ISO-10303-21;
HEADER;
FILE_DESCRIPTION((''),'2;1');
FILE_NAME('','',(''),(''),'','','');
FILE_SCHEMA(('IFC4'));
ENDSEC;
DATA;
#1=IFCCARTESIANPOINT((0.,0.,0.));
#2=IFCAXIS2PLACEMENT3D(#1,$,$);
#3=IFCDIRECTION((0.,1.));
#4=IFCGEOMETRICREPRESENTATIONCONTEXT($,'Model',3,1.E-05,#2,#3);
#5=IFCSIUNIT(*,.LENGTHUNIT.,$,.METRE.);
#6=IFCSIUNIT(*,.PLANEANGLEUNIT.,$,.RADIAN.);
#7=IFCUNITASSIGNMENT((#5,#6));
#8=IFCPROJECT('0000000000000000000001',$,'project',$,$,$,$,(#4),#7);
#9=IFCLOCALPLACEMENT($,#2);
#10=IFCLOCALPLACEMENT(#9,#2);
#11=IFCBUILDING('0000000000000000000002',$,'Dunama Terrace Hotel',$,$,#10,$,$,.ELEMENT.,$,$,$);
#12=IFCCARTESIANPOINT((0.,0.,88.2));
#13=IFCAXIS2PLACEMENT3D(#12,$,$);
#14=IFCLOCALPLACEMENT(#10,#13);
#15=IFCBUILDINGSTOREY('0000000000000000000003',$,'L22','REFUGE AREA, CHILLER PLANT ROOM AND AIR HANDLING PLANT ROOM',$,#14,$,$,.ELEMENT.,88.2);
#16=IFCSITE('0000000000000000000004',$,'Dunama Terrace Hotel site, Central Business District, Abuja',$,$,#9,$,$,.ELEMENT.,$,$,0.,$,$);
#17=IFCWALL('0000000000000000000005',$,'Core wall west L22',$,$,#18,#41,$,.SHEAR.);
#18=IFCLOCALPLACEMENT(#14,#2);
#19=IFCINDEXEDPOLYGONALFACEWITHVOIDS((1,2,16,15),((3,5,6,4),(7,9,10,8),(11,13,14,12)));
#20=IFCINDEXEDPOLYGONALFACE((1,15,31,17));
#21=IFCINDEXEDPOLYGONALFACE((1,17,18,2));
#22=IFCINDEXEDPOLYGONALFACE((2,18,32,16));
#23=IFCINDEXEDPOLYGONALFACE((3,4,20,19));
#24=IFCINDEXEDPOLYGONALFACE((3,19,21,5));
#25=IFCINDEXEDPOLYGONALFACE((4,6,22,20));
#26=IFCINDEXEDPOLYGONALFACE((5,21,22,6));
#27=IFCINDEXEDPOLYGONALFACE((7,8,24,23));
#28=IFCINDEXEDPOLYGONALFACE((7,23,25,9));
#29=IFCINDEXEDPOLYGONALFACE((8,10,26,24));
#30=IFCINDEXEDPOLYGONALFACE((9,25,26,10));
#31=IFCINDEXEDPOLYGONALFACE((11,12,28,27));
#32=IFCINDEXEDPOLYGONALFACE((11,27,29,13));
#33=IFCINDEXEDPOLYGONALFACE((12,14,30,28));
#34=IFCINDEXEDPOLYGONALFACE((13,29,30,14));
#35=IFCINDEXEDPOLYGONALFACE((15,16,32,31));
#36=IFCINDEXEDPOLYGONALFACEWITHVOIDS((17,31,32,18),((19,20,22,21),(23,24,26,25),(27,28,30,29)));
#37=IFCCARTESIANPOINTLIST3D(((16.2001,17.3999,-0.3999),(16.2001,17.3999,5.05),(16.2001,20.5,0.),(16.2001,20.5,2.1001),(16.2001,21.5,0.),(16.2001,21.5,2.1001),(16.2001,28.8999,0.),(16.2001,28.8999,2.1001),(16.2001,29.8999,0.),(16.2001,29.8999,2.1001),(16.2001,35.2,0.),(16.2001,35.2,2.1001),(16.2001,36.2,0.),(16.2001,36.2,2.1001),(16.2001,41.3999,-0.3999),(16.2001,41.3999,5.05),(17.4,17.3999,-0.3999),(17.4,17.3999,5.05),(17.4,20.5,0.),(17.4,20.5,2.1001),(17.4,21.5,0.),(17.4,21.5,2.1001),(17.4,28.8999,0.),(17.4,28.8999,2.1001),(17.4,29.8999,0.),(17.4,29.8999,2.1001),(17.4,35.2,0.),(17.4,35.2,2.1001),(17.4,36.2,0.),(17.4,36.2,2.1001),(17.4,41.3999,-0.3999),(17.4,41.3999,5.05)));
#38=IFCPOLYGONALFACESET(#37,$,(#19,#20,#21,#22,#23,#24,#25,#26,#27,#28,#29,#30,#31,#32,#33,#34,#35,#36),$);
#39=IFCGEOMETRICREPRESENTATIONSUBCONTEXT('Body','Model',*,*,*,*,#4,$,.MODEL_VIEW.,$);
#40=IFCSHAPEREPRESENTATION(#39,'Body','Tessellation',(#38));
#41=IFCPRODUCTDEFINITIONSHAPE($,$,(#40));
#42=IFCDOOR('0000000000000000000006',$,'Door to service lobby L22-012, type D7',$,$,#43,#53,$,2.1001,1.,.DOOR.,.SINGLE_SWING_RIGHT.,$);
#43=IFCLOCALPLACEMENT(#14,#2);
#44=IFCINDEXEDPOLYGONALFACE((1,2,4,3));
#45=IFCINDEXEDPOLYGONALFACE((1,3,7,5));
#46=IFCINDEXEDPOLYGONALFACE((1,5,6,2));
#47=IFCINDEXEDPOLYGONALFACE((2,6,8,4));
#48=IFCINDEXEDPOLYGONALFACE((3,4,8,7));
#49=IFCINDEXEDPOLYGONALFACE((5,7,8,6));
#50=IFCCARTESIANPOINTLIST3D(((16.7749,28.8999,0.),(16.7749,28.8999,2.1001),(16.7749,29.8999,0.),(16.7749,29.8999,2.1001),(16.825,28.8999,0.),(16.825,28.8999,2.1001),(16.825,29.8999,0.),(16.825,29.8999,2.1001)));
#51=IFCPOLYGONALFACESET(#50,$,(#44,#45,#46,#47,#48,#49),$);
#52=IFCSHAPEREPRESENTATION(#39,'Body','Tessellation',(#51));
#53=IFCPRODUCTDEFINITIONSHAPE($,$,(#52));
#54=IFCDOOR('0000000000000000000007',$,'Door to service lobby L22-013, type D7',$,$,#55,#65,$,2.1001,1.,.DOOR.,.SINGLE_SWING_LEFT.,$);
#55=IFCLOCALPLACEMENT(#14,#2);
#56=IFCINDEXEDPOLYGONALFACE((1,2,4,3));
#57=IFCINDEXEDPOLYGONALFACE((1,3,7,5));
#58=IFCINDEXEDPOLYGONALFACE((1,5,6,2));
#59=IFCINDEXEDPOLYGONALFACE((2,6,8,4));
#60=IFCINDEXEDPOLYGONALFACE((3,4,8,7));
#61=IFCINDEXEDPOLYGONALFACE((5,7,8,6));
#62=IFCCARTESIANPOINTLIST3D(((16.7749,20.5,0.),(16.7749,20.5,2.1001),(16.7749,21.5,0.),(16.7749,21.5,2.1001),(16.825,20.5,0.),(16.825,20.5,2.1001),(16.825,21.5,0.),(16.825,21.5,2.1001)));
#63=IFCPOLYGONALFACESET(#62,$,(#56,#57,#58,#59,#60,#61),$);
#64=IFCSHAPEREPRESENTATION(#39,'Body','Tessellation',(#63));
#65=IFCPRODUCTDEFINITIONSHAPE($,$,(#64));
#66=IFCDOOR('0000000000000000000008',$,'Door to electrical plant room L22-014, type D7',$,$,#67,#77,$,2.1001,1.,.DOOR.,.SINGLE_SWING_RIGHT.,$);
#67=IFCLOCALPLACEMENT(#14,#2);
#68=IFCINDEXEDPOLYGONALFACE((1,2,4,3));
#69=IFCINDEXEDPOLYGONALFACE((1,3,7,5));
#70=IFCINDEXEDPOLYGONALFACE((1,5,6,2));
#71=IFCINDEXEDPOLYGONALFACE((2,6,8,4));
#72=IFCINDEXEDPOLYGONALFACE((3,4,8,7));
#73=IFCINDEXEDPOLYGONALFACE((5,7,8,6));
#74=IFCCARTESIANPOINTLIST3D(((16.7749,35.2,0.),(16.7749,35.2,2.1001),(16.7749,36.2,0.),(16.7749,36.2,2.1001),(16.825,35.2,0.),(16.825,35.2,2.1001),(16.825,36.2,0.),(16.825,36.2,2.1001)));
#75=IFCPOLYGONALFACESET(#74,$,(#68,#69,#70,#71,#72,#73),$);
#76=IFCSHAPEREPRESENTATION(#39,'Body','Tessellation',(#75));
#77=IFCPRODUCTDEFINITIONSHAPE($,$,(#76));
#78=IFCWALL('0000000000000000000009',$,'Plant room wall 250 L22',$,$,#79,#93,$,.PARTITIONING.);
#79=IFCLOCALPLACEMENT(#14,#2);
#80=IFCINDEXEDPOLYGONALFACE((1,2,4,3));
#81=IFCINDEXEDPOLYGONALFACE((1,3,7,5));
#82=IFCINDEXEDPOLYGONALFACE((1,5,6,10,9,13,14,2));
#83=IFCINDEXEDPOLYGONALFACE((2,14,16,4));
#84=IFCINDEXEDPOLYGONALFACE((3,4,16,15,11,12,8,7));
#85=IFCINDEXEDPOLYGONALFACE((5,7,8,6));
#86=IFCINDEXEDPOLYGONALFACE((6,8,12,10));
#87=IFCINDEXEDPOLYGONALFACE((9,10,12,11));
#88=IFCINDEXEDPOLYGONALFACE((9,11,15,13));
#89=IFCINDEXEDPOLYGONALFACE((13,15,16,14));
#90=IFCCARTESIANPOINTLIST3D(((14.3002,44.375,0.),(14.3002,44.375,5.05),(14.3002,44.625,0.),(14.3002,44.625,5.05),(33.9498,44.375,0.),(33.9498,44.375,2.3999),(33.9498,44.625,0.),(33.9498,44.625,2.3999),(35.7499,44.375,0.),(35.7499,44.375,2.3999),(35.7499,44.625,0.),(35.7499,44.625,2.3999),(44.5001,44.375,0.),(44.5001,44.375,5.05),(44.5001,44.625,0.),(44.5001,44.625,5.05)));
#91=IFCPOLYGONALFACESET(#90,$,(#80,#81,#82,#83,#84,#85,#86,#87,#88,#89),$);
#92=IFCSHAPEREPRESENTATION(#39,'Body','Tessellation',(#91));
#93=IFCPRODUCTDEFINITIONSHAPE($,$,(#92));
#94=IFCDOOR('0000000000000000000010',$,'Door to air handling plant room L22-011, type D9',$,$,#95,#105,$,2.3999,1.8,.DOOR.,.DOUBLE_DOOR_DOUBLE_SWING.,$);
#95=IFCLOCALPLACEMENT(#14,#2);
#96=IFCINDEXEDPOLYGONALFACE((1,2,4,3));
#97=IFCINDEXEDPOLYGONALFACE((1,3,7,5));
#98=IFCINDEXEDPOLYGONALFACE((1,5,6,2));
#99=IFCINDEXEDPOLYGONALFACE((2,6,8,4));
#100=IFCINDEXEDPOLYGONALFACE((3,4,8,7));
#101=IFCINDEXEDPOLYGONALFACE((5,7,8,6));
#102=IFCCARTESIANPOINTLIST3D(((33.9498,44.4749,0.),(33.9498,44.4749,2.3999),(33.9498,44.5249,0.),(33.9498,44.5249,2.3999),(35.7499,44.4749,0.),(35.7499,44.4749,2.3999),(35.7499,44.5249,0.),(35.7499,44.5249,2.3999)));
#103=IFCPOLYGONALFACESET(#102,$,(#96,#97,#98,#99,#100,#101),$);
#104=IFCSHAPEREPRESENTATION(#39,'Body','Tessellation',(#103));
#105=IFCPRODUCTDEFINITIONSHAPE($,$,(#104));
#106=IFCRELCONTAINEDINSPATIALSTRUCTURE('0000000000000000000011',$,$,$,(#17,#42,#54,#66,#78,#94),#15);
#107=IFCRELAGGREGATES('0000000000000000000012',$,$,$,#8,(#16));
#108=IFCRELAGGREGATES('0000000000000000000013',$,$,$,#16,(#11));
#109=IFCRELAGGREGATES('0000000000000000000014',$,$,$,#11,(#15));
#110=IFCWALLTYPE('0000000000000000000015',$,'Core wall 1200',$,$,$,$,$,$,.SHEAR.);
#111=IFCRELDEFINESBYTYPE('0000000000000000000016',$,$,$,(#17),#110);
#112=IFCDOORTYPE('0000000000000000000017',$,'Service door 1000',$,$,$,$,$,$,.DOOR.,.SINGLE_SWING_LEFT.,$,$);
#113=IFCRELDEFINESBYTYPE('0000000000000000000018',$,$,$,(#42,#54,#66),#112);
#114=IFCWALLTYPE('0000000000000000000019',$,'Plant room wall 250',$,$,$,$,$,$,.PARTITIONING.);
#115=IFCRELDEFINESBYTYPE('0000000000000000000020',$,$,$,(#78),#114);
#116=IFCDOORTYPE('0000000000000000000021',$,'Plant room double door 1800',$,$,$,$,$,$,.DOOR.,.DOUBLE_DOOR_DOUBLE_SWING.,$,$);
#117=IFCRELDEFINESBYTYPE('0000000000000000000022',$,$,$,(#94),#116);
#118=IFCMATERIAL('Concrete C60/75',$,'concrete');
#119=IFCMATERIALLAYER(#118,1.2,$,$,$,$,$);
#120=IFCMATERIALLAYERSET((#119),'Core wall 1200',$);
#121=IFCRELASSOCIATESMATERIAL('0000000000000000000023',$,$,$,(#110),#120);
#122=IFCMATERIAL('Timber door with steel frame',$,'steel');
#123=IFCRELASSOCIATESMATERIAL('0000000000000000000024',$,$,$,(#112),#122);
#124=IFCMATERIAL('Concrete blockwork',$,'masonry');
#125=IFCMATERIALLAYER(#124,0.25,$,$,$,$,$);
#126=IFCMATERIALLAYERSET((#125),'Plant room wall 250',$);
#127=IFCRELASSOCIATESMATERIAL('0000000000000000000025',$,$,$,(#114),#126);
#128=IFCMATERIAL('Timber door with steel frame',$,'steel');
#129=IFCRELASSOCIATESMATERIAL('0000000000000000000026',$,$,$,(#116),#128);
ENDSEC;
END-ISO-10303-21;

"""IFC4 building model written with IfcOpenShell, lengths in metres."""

from ifc_helpers import new_model, si_unit, direction, frame, frame_2d, origin, place, context, subcontext, project, spatial, rectangle, extrude, material, layer, layer_set, type_object, element, fill, save


model = new_model("IFC4")

# Units and contexts
model_context = context("Model", 3, precision=1e-05, world=origin(), true_north=direction((0.0, 1.0)))
body_context = subcontext(model_context, "Body", "Model", "MODEL_VIEW")
ifc_project = project(units=[si_unit("LENGTHUNIT", "METRE"), si_unit("PLANEANGLEUNIT", "RADIAN")], contexts=[model_context])

# Site, building, storey
site_placement = place(None, origin())
site = spatial("IfcSite", under=ifc_project, at=site_placement, Name="Dunama Terrace Hotel site, Central Business District, Abuja", CompositionType="ELEMENT", RefElevation=0.0)
building_placement = place(site_placement, origin())
building = spatial("IfcBuilding", under=site, at=building_placement, Name="Dunama Terrace Hotel", CompositionType="ELEMENT")
storey_placement = place(building_placement, frame((0.0, 0.0, 88.2)))
storey = spatial("IfcBuildingStorey", under=building, at=storey_placement, Name="L22", Description="REFUGE AREA, CHILLER PLANT ROOM AND AIR HANDLING PLANT ROOM", CompositionType="ELEMENT", Elevation=88.2)

# Wall, openings, doors
ifc_material_1 = material(Name="Concrete C60/75", Category="concrete")
ifc_layer_1 = layer(ifc_material_1, 1.2)
ifc_layer_set_1 = layer_set([ifc_layer_1], Name="Core wall 1200")
wall_type_1 = type_object("IfcWallType", Name="Core wall 1200", PredefinedType="SHEAR", material=ifc_layer_set_1)
wall_1_placement = place(storey_placement, frame((16.8, 41.3999, -0.3999), z_axis=(0.0, 0.0, 1.0), x_axis=(0.0, -1.0, 0.0)))
wall_1 = element("IfcWall", 1, at=wall_1_placement, inside=storey, type_object=wall_type_1, Name="Core wall west L22", PredefinedType="SHEAR", context=body_context, shape_type="SweptSolid", body=[
    extrude(rectangle(XDim=24.0, YDim=1.2, at=frame_2d((12.0, 0.0))), origin(), (0.0, 0.0, 1.0), 5.45),
])
opening_1_placement = place(wall_1_placement, frame((11.5, 0.0, 0.3999)))
opening_1 = element("IfcOpeningElement", 2, at=opening_1_placement, cuts=wall_1, PredefinedType="OPENING", context=body_context, shape_type="SweptSolid", body=[
    extrude(rectangle(XDim=1.0, YDim=2.1001, at=frame_2d((0.5, 1.05))), frame((0.0, 0.6099, 0.0), z_axis=(0.0, -1.0, 0.0), x_axis=(1.0, 0.0, 0.0)), (0.0, 0.0, 1.0), 1.22),
])
opening_2_placement = place(wall_1_placement, frame((19.8999, 0.0, 0.3999)))
opening_2 = element("IfcOpeningElement", 3, at=opening_2_placement, cuts=wall_1, PredefinedType="OPENING", context=body_context, shape_type="SweptSolid", body=[
    extrude(rectangle(XDim=1.0, YDim=2.1001, at=frame_2d((0.5, 1.05))), frame((0.0, 0.6099, 0.0), z_axis=(0.0, -1.0, 0.0), x_axis=(1.0, 0.0, 0.0)), (0.0, 0.0, 1.0), 1.22),
])
opening_3_placement = place(wall_1_placement, frame((5.2, 0.0, 0.3999)))
opening_3 = element("IfcOpeningElement", 4, at=opening_3_placement, cuts=wall_1, PredefinedType="OPENING", context=body_context, shape_type="SweptSolid", body=[
    extrude(rectangle(XDim=1.0, YDim=2.1001, at=frame_2d((0.5, 1.05))), frame((0.0, 0.6099, 0.0), z_axis=(0.0, -1.0, 0.0), x_axis=(1.0, 0.0, 0.0)), (0.0, 0.0, 1.0), 1.22),
])
ifc_material_2 = material(Name="Timber door with steel frame", Category="steel")
door_type_1 = type_object("IfcDoorType", Name="Service door 1000", OperationType="SINGLE_SWING_LEFT", PredefinedType="DOOR", material=ifc_material_2)
door_1_placement = place(opening_1_placement, origin())
door_1 = element("IfcDoor", 5, at=door_1_placement, inside=storey, type_object=door_type_1, Name="Door to service lobby L22-012, type D7", OperationType="SINGLE_SWING_RIGHT", OverallHeight=2.1001, OverallWidth=1.0, PredefinedType="DOOR", context=body_context, shape_type="SweptSolid", body=[
    extrude(rectangle(XDim=1.0, YDim=2.1001, at=frame_2d((0.5, 1.05))), frame((0.0, 0.0249, 0.0), z_axis=(0.0, -1.0, 0.0), x_axis=(1.0, 0.0, 0.0)), (0.0, 0.0, 1.0), 0.05),
])
fill(opening_1, door_1)
door_2_placement = place(opening_2_placement, origin())
door_2 = element("IfcDoor", 6, at=door_2_placement, inside=storey, type_object=door_type_1, Name="Door to service lobby L22-013, type D7", OperationType="SINGLE_SWING_LEFT", OverallHeight=2.1001, OverallWidth=1.0, PredefinedType="DOOR", context=body_context, shape_type="SweptSolid", body=[
    extrude(rectangle(XDim=1.0, YDim=2.1001, at=frame_2d((0.5, 1.05))), frame((0.0, 0.0249, 0.0), z_axis=(0.0, -1.0, 0.0), x_axis=(1.0, 0.0, 0.0)), (0.0, 0.0, 1.0), 0.05),
])
fill(opening_2, door_2)
door_3_placement = place(opening_3_placement, origin())
door_3 = element("IfcDoor", 7, at=door_3_placement, inside=storey, type_object=door_type_1, Name="Door to electrical plant room L22-014, type D7", OperationType="SINGLE_SWING_RIGHT", OverallHeight=2.1001, OverallWidth=1.0, PredefinedType="DOOR", context=body_context, shape_type="SweptSolid", body=[
    extrude(rectangle(XDim=1.0, YDim=2.1001, at=frame_2d((0.5, 1.05))), frame((0.0, 0.0249, 0.0), z_axis=(0.0, -1.0, 0.0), x_axis=(1.0, 0.0, 0.0)), (0.0, 0.0, 1.0), 0.05),
])
fill(opening_3, door_3)

# Wall, opening, door
ifc_material_3 = material(Name="Concrete blockwork", Category="masonry")
ifc_layer_2 = layer(ifc_material_3, 0.25)
ifc_layer_set_2 = layer_set([ifc_layer_2], Name="Plant room wall 250")
wall_type_2 = type_object("IfcWallType", Name="Plant room wall 250", PredefinedType="PARTITIONING", material=ifc_layer_set_2)
wall_2_placement = place(storey_placement, frame((14.3, 44.5, 0.0), z_axis=(0.0, 0.0, 1.0), x_axis=(1.0, 0.0, 0.0)))
wall_2 = element("IfcWall", 8, at=wall_2_placement, inside=storey, type_object=wall_type_2, Name="Plant room wall 250 L22", PredefinedType="PARTITIONING", context=body_context, shape_type="SweptSolid", body=[
    extrude(rectangle(XDim=30.2, YDim=0.25, at=frame_2d((15.1001, 0.0))), origin(), (0.0, 0.0, 1.0), 5.05),
])
opening_4_placement = place(wall_2_placement, frame((19.6499, 0.0, 0.0)))
opening_4 = element("IfcOpeningElement", 9, at=opening_4_placement, cuts=wall_2, PredefinedType="OPENING", context=body_context, shape_type="SweptSolid", body=[
    extrude(rectangle(XDim=1.8, YDim=2.3999, at=frame_2d((0.8999, 1.2))), frame((0.0, 0.135, 0.0), z_axis=(0.0, -1.0, 0.0), x_axis=(1.0, 0.0, 0.0)), (0.0, 0.0, 1.0), 0.27),
])
ifc_material_4 = material(Name="Timber door with steel frame", Category="steel")
door_type_2 = type_object("IfcDoorType", Name="Plant room double door 1800", OperationType="DOUBLE_DOOR_DOUBLE_SWING", PredefinedType="DOOR", material=ifc_material_4)
door_4_placement = place(opening_4_placement, origin())
door_4 = element("IfcDoor", 10, at=door_4_placement, inside=storey, type_object=door_type_2, Name="Door to air handling plant room L22-011, type D9", OperationType="DOUBLE_DOOR_DOUBLE_SWING", OverallHeight=2.3999, OverallWidth=1.8, PredefinedType="DOOR", context=body_context, shape_type="SweptSolid", body=[
    extrude(rectangle(XDim=1.8, YDim=2.3999, at=frame_2d((0.8999, 1.2))), frame((0.0, 0.0249, 0.0), z_axis=(0.0, -1.0, 0.0), x_axis=(1.0, 0.0, 0.0)), (0.0, 0.0, 1.0), 0.05),
])
fill(opening_4, door_4)

save(model, "model.ifc")
